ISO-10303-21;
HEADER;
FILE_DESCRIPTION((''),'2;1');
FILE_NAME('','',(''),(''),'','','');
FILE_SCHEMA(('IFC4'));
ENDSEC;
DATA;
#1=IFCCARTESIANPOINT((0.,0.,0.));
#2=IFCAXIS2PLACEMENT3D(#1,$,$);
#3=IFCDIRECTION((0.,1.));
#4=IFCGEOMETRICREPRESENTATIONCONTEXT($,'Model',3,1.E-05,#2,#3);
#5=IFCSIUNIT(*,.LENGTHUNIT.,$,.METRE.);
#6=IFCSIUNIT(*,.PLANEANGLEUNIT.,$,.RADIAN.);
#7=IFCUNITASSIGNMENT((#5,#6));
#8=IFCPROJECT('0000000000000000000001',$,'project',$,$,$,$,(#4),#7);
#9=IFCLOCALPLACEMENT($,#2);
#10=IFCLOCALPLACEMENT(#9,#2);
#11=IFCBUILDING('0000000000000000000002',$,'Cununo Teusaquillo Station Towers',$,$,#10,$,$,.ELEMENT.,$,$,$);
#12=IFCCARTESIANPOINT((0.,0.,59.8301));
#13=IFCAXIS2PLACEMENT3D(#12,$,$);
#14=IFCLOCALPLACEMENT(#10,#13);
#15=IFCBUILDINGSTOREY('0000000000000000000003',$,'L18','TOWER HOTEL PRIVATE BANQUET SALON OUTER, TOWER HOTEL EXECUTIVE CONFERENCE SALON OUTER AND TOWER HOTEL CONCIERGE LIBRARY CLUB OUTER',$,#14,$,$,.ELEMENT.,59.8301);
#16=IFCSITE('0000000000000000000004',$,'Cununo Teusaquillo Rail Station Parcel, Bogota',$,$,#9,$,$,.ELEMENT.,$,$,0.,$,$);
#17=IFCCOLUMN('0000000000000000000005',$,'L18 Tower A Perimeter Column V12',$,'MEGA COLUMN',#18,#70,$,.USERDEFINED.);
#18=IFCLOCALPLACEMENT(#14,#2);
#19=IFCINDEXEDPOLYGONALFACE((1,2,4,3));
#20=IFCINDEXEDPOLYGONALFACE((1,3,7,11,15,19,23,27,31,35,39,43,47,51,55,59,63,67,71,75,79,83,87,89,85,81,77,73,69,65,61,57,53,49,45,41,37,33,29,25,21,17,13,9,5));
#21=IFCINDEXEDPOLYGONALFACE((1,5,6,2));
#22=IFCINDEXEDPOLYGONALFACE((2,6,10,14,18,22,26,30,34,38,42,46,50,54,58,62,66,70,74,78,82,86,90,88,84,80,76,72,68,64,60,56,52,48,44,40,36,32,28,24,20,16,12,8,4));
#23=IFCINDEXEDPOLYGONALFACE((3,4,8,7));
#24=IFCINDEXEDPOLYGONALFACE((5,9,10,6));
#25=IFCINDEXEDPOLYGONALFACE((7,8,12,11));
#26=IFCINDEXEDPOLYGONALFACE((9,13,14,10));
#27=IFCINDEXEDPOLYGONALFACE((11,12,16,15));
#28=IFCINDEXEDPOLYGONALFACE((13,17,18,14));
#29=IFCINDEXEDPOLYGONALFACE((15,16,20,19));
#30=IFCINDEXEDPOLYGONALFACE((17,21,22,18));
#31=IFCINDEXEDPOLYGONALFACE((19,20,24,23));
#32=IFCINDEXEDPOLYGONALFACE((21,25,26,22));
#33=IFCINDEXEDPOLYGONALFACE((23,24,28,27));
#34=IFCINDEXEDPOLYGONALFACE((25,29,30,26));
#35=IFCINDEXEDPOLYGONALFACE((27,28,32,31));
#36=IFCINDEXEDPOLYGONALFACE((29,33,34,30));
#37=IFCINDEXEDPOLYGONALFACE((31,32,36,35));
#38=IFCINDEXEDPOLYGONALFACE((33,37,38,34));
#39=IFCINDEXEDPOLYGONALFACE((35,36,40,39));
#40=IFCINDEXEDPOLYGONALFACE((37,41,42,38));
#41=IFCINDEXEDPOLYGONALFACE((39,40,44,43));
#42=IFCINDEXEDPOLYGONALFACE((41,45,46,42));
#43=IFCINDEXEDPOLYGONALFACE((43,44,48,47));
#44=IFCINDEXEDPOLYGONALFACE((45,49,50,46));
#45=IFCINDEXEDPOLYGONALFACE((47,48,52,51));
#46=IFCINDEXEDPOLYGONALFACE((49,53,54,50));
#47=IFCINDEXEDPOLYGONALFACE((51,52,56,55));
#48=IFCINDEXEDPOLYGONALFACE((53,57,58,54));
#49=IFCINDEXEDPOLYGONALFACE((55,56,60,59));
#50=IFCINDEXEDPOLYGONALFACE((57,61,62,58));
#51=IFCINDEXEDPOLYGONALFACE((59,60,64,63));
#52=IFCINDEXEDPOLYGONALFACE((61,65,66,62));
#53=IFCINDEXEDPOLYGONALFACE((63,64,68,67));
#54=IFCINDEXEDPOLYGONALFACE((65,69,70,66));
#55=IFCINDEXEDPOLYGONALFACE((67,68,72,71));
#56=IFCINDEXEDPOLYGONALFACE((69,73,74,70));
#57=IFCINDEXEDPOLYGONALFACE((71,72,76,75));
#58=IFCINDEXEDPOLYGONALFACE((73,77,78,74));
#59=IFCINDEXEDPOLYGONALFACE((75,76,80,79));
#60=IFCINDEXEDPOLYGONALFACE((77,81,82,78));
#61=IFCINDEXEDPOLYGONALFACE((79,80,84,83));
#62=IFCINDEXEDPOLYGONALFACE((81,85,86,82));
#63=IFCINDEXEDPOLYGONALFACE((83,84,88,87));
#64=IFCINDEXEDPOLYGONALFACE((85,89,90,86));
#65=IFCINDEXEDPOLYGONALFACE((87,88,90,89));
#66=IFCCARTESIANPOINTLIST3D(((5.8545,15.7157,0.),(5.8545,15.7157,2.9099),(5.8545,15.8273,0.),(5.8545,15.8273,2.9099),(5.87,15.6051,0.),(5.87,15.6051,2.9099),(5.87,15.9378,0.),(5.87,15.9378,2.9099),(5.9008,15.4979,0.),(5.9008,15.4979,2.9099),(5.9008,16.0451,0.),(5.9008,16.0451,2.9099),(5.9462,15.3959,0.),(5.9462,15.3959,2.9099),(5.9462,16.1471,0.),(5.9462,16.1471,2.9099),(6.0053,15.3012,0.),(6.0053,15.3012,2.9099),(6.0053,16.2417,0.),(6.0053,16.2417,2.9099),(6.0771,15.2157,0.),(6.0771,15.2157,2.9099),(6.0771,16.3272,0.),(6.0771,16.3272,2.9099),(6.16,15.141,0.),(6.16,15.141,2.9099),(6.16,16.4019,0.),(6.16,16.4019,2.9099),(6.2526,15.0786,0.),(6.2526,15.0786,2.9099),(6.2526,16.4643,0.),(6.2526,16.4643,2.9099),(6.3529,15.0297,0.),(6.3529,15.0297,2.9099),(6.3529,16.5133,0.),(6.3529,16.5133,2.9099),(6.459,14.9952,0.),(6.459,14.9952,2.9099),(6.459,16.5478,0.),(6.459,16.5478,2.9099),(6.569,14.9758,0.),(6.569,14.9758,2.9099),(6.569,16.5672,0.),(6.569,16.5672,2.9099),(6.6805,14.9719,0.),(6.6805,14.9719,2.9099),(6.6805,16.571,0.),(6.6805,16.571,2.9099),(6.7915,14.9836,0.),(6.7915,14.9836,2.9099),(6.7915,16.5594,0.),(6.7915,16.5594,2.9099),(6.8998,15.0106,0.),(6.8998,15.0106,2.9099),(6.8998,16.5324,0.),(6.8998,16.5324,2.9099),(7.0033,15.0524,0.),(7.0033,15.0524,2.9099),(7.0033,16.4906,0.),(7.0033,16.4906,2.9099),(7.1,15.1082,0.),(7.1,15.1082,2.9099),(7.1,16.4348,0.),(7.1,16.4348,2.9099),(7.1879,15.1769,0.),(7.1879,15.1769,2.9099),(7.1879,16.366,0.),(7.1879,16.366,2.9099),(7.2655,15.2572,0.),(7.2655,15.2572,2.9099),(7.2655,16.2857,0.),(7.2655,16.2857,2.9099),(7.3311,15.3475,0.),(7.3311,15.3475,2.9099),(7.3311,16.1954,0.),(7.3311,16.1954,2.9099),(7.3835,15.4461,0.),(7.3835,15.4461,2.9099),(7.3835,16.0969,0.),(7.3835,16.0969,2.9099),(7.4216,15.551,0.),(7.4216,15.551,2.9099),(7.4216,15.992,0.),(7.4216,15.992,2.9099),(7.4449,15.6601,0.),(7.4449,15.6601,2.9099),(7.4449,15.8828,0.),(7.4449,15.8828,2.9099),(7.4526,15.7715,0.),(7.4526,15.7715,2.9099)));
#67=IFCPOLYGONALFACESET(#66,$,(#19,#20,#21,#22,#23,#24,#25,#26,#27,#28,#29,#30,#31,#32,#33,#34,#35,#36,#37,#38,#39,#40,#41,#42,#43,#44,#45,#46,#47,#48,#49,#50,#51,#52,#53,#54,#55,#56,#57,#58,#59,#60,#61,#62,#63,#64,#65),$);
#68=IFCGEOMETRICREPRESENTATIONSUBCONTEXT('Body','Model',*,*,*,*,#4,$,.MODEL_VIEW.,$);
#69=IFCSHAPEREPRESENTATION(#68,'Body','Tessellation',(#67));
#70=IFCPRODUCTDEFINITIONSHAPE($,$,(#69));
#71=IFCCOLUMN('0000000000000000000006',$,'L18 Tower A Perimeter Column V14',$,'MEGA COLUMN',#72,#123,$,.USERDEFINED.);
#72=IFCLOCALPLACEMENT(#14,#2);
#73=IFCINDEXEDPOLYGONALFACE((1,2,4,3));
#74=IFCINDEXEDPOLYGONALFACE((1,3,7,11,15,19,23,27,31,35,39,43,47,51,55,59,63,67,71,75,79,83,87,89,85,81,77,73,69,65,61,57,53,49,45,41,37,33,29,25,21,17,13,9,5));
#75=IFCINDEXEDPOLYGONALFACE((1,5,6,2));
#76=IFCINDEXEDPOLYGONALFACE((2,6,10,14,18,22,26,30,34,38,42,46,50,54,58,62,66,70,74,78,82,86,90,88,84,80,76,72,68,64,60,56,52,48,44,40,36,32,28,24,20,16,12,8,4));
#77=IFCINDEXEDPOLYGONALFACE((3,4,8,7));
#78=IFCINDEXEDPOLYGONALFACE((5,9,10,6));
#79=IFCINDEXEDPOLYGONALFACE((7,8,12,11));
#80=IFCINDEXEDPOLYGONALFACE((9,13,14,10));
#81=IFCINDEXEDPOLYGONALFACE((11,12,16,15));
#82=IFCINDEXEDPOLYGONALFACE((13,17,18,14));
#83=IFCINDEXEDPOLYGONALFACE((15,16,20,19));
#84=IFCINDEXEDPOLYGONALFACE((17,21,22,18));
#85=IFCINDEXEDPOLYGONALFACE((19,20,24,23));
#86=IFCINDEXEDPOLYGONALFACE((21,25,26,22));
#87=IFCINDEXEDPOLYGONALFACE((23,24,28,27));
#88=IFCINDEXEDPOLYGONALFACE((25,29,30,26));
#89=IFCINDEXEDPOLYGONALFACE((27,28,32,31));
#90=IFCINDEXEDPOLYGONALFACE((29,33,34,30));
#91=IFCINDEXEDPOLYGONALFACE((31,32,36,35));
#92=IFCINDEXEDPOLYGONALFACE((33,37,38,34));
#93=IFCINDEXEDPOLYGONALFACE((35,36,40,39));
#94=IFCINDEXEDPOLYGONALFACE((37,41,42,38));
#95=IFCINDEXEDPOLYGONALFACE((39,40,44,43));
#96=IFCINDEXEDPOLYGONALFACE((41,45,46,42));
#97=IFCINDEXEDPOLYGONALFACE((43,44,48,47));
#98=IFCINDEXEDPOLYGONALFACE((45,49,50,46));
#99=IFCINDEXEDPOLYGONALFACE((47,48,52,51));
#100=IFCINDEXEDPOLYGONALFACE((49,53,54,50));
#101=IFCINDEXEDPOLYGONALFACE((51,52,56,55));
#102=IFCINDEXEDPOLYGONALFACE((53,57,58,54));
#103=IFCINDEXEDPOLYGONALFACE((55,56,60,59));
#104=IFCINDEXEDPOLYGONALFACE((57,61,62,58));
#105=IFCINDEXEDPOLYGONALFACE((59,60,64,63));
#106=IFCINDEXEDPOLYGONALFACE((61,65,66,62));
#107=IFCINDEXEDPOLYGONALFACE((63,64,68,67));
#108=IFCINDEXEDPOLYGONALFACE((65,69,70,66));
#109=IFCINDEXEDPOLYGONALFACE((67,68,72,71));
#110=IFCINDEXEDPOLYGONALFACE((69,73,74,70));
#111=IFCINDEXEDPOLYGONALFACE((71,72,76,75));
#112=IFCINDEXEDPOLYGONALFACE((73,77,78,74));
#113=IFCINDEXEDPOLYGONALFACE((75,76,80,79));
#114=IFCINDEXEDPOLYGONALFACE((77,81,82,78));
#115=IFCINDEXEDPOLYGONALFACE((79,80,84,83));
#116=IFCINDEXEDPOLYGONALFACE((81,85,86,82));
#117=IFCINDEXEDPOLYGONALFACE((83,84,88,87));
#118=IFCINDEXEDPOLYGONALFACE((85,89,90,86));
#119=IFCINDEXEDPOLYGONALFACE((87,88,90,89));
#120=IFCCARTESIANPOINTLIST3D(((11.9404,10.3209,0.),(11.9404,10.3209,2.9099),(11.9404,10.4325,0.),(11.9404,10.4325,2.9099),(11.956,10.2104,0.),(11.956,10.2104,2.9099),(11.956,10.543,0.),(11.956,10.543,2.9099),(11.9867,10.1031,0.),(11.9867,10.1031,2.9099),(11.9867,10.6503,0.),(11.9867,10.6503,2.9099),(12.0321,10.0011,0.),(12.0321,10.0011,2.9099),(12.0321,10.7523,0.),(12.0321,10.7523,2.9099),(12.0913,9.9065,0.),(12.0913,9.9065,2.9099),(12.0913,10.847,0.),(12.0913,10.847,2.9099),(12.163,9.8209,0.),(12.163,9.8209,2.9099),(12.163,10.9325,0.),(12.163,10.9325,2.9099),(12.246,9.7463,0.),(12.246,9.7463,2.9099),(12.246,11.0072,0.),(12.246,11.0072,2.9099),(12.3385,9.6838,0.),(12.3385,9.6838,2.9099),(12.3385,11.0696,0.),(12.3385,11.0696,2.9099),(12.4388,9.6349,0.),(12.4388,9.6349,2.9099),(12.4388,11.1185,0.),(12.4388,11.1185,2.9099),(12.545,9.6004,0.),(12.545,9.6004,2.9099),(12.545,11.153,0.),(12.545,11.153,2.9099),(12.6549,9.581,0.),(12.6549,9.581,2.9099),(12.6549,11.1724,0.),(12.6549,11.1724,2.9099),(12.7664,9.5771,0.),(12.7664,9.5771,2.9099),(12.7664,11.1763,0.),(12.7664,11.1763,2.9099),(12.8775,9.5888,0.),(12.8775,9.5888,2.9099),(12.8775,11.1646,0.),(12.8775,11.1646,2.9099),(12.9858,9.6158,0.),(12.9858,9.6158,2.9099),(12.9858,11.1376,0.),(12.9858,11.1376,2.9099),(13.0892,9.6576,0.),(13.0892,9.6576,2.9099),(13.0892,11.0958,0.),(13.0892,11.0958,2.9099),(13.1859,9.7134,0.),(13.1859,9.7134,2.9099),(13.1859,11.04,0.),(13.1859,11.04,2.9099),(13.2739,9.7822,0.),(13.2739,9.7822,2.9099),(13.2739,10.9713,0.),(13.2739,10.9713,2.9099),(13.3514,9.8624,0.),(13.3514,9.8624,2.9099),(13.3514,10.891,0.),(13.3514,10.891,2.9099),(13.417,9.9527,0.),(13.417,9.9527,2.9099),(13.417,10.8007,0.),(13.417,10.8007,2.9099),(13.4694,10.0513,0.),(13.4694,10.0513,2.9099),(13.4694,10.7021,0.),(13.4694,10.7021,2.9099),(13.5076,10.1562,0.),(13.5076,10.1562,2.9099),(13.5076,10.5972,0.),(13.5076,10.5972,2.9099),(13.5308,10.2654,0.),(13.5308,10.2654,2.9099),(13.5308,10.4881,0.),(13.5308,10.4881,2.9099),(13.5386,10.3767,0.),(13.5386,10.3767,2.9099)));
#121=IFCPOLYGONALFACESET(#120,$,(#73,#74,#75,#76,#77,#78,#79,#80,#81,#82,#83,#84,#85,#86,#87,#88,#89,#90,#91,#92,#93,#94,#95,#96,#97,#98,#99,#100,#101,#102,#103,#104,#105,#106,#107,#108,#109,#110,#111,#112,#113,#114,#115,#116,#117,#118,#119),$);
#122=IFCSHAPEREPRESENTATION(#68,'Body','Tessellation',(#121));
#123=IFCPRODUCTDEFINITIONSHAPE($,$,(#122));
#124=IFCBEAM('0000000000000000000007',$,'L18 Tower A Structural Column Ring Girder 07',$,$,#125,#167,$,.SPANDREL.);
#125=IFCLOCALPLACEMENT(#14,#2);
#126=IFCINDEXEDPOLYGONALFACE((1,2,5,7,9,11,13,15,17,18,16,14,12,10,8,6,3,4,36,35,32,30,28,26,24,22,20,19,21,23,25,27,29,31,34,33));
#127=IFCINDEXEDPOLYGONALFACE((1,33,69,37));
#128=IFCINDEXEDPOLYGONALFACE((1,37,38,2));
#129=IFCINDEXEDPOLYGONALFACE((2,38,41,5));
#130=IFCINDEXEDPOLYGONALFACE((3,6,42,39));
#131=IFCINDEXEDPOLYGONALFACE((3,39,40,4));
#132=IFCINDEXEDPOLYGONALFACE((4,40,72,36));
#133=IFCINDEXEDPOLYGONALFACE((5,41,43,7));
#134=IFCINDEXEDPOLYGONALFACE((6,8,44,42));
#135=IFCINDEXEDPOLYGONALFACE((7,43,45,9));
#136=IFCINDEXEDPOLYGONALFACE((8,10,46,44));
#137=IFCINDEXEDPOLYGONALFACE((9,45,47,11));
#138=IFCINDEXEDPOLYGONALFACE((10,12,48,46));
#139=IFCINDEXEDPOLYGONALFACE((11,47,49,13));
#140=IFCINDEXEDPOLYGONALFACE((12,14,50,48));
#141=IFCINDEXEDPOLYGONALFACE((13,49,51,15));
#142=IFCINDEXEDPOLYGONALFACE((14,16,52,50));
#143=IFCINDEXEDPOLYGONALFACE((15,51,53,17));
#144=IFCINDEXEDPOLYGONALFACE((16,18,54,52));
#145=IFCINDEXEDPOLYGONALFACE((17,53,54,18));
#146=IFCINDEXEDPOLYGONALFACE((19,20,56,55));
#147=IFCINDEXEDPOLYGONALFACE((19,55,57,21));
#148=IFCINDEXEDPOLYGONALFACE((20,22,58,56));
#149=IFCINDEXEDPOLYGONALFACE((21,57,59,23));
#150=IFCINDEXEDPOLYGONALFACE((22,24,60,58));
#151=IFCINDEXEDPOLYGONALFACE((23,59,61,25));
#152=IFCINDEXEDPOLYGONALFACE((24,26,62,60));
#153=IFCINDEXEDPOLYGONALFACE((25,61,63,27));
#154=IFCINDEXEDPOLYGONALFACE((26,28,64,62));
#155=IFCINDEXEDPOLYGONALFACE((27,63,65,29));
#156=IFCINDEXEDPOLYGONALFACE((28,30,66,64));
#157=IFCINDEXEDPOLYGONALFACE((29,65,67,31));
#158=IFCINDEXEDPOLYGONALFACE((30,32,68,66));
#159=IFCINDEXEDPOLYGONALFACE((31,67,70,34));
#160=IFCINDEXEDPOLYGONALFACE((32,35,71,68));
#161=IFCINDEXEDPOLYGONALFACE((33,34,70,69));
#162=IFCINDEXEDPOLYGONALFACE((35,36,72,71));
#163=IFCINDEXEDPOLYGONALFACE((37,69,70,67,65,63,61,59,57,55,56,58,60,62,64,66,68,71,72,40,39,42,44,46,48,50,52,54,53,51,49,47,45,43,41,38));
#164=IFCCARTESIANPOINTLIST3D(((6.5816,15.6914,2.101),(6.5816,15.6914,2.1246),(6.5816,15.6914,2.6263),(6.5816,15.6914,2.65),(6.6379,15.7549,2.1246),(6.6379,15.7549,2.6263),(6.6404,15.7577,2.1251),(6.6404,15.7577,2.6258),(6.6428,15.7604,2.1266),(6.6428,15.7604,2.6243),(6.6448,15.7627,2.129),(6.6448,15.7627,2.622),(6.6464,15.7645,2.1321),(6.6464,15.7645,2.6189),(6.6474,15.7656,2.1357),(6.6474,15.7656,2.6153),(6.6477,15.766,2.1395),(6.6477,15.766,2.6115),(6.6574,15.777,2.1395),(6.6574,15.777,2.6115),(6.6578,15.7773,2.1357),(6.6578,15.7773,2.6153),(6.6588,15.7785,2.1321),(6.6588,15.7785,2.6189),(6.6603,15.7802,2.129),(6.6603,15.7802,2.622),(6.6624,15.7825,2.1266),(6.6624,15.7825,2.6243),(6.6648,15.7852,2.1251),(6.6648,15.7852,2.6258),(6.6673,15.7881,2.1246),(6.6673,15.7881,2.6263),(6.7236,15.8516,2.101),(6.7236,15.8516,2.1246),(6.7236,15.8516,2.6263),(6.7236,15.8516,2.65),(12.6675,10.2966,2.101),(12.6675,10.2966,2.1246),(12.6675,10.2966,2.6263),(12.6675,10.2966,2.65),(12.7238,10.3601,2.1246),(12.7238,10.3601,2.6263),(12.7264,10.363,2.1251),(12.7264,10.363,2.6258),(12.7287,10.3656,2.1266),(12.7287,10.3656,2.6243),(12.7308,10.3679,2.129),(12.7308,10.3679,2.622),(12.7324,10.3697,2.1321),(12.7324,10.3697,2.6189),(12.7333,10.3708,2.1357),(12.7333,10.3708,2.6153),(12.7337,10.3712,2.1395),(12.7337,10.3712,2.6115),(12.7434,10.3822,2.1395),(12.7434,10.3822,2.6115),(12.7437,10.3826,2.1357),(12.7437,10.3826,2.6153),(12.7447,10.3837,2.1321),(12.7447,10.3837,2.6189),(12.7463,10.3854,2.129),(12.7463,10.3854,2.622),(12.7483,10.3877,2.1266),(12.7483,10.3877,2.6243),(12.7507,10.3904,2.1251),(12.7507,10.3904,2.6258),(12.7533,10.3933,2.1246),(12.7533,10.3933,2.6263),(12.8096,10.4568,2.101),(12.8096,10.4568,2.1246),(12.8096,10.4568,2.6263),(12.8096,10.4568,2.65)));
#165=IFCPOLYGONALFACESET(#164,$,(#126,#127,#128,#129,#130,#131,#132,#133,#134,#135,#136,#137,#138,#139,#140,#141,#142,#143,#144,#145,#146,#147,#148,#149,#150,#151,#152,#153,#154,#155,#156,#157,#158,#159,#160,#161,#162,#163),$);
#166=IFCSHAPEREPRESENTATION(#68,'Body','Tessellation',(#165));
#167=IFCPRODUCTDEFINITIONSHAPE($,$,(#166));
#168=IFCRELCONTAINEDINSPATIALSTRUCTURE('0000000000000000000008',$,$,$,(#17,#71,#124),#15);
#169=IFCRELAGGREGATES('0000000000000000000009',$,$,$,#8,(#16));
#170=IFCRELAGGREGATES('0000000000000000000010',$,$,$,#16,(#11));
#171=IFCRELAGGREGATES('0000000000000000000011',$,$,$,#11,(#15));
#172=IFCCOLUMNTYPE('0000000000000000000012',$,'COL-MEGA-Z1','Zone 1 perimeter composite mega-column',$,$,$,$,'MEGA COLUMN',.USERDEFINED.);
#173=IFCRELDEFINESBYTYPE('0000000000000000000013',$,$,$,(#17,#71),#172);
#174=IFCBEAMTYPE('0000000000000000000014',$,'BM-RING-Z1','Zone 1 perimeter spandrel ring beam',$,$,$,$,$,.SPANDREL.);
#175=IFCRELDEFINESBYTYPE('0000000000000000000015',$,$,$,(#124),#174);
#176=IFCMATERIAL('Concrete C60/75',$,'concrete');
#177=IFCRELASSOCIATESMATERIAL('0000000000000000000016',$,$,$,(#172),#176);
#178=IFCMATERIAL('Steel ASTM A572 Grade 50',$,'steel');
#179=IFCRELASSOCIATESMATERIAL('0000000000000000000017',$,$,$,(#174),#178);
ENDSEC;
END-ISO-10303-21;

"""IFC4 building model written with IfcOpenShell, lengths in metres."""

from ifc_helpers import new_model, si_unit, direction, frame, origin, origin_2d, place, context, subcontext, project, spatial, circle, i_section, extrude, material, material_profile, profile_set, type_object, element, save


model = new_model("IFC4")

# Units and contexts
model_context = context("Model", 3, precision=1e-05, world=origin(), true_north=direction((0.0, 1.0)))
body_context = subcontext(model_context, "Body", "Model", "MODEL_VIEW")
ifc_project = project(units=[si_unit("LENGTHUNIT", "METRE"), si_unit("PLANEANGLEUNIT", "RADIAN")], contexts=[model_context])

# Site, building, storey
site_placement = place(None, origin())
site = spatial("IfcSite", under=ifc_project, at=site_placement, Name="Cununo Teusaquillo Rail Station Parcel, Bogota", CompositionType="ELEMENT", RefElevation=0.0)
building_placement = place(site_placement, origin())
building = spatial("IfcBuilding", under=site, at=building_placement, Name="Cununo Teusaquillo Station Towers", CompositionType="ELEMENT")
storey_placement = place(building_placement, frame((0.0, 0.0, 59.8301)))
storey = spatial("IfcBuildingStorey", under=building, at=storey_placement, Name="L18", Description="TOWER HOTEL PRIVATE BANQUET SALON OUTER, TOWER HOTEL EXECUTIVE CONFERENCE SALON OUTER AND TOWER HOTEL CONCIERGE LIBRARY CLUB OUTER", CompositionType="ELEMENT", Elevation=59.8301)

# Columns
ifc_material_1 = material(Name="Concrete C60/75", Category="concrete")
ifc_material_profile_1 = material_profile(ifc_material_1, circle(Radius=0.8, at=origin_2d()), Name="RC-CIRC-1600")
ifc_profile_set_1 = profile_set([ifc_material_profile_1], Name="Concrete C60/75")
column_type = type_object("IfcColumnType", Name="COL-MEGA-Z1", Description="Zone 1 perimeter composite mega-column", ElementType="MEGA COLUMN", PredefinedType="USERDEFINED", material=ifc_profile_set_1)
for number, where, z_axis, x_axis, name in (
    (1, (6.6526, 15.7715, 0.0), (0.0, 0.0, 1.0), (1.0, 0.0, 0.0), "L18 Tower A Perimeter Column V12"),
    (2, (12.7385, 10.3767, 0.0), (0.0, 0.0, 1.0), (1.0, 0.0, 0.0), "L18 Tower A Perimeter Column V14"),
):
    element("IfcColumn", number, at=place(storey_placement, frame(where, z_axis=z_axis, x_axis=x_axis)), inside=storey, type_object=column_type, Name=name, ObjectType="MEGA COLUMN", PredefinedType="USERDEFINED", context=body_context, shape_type="SweptSolid", body=[
        extrude(circle(Radius=0.8, at=origin_2d()), origin(), (0.0, 0.0, 1.0), 2.9099),
    ])

# Beam
ifc_material_2 = material(Name="Steel ASTM A572 Grade 50", Category="steel")
ifc_material_profile_2 = material_profile(ifc_material_2, i_section(OverallWidth=0.2141, OverallDepth=0.5491, WebThickness=0.0146, FlangeThickness=0.0237, FilletRadius=0.0149, at=origin_2d()), Name="W21X93")
ifc_profile_set_2 = profile_set([ifc_material_profile_2], Name="Steel ASTM A572 Grade 50")
beam_type = type_object("IfcBeamType", Name="BM-RING-Z1", Description="Zone 1 perimeter spandrel ring beam", PredefinedType="SPANDREL", material=ifc_profile_set_2)
beam_1_placement = place(storey_placement, frame((6.6526, 15.7715, 2.3755), z_axis=(0.748321, -0.663337, 0.0), x_axis=(0.663337, 0.748321, 0.0)))
element("IfcBeam", 3, at=beam_1_placement, inside=storey, type_object=beam_type, Name="L18 Tower A Structural Column Ring Girder 07", PredefinedType="SPANDREL", context=body_context, shape_type="SweptSolid", body=[
    extrude(i_section(OverallWidth=0.2141, OverallDepth=0.5491, WebThickness=0.0146, FlangeThickness=0.0237, FilletRadius=0.0149, at=origin_2d()), origin(), (0.0, 0.0, 1.0), 8.1328),
])

save(model, "model.ifc")
